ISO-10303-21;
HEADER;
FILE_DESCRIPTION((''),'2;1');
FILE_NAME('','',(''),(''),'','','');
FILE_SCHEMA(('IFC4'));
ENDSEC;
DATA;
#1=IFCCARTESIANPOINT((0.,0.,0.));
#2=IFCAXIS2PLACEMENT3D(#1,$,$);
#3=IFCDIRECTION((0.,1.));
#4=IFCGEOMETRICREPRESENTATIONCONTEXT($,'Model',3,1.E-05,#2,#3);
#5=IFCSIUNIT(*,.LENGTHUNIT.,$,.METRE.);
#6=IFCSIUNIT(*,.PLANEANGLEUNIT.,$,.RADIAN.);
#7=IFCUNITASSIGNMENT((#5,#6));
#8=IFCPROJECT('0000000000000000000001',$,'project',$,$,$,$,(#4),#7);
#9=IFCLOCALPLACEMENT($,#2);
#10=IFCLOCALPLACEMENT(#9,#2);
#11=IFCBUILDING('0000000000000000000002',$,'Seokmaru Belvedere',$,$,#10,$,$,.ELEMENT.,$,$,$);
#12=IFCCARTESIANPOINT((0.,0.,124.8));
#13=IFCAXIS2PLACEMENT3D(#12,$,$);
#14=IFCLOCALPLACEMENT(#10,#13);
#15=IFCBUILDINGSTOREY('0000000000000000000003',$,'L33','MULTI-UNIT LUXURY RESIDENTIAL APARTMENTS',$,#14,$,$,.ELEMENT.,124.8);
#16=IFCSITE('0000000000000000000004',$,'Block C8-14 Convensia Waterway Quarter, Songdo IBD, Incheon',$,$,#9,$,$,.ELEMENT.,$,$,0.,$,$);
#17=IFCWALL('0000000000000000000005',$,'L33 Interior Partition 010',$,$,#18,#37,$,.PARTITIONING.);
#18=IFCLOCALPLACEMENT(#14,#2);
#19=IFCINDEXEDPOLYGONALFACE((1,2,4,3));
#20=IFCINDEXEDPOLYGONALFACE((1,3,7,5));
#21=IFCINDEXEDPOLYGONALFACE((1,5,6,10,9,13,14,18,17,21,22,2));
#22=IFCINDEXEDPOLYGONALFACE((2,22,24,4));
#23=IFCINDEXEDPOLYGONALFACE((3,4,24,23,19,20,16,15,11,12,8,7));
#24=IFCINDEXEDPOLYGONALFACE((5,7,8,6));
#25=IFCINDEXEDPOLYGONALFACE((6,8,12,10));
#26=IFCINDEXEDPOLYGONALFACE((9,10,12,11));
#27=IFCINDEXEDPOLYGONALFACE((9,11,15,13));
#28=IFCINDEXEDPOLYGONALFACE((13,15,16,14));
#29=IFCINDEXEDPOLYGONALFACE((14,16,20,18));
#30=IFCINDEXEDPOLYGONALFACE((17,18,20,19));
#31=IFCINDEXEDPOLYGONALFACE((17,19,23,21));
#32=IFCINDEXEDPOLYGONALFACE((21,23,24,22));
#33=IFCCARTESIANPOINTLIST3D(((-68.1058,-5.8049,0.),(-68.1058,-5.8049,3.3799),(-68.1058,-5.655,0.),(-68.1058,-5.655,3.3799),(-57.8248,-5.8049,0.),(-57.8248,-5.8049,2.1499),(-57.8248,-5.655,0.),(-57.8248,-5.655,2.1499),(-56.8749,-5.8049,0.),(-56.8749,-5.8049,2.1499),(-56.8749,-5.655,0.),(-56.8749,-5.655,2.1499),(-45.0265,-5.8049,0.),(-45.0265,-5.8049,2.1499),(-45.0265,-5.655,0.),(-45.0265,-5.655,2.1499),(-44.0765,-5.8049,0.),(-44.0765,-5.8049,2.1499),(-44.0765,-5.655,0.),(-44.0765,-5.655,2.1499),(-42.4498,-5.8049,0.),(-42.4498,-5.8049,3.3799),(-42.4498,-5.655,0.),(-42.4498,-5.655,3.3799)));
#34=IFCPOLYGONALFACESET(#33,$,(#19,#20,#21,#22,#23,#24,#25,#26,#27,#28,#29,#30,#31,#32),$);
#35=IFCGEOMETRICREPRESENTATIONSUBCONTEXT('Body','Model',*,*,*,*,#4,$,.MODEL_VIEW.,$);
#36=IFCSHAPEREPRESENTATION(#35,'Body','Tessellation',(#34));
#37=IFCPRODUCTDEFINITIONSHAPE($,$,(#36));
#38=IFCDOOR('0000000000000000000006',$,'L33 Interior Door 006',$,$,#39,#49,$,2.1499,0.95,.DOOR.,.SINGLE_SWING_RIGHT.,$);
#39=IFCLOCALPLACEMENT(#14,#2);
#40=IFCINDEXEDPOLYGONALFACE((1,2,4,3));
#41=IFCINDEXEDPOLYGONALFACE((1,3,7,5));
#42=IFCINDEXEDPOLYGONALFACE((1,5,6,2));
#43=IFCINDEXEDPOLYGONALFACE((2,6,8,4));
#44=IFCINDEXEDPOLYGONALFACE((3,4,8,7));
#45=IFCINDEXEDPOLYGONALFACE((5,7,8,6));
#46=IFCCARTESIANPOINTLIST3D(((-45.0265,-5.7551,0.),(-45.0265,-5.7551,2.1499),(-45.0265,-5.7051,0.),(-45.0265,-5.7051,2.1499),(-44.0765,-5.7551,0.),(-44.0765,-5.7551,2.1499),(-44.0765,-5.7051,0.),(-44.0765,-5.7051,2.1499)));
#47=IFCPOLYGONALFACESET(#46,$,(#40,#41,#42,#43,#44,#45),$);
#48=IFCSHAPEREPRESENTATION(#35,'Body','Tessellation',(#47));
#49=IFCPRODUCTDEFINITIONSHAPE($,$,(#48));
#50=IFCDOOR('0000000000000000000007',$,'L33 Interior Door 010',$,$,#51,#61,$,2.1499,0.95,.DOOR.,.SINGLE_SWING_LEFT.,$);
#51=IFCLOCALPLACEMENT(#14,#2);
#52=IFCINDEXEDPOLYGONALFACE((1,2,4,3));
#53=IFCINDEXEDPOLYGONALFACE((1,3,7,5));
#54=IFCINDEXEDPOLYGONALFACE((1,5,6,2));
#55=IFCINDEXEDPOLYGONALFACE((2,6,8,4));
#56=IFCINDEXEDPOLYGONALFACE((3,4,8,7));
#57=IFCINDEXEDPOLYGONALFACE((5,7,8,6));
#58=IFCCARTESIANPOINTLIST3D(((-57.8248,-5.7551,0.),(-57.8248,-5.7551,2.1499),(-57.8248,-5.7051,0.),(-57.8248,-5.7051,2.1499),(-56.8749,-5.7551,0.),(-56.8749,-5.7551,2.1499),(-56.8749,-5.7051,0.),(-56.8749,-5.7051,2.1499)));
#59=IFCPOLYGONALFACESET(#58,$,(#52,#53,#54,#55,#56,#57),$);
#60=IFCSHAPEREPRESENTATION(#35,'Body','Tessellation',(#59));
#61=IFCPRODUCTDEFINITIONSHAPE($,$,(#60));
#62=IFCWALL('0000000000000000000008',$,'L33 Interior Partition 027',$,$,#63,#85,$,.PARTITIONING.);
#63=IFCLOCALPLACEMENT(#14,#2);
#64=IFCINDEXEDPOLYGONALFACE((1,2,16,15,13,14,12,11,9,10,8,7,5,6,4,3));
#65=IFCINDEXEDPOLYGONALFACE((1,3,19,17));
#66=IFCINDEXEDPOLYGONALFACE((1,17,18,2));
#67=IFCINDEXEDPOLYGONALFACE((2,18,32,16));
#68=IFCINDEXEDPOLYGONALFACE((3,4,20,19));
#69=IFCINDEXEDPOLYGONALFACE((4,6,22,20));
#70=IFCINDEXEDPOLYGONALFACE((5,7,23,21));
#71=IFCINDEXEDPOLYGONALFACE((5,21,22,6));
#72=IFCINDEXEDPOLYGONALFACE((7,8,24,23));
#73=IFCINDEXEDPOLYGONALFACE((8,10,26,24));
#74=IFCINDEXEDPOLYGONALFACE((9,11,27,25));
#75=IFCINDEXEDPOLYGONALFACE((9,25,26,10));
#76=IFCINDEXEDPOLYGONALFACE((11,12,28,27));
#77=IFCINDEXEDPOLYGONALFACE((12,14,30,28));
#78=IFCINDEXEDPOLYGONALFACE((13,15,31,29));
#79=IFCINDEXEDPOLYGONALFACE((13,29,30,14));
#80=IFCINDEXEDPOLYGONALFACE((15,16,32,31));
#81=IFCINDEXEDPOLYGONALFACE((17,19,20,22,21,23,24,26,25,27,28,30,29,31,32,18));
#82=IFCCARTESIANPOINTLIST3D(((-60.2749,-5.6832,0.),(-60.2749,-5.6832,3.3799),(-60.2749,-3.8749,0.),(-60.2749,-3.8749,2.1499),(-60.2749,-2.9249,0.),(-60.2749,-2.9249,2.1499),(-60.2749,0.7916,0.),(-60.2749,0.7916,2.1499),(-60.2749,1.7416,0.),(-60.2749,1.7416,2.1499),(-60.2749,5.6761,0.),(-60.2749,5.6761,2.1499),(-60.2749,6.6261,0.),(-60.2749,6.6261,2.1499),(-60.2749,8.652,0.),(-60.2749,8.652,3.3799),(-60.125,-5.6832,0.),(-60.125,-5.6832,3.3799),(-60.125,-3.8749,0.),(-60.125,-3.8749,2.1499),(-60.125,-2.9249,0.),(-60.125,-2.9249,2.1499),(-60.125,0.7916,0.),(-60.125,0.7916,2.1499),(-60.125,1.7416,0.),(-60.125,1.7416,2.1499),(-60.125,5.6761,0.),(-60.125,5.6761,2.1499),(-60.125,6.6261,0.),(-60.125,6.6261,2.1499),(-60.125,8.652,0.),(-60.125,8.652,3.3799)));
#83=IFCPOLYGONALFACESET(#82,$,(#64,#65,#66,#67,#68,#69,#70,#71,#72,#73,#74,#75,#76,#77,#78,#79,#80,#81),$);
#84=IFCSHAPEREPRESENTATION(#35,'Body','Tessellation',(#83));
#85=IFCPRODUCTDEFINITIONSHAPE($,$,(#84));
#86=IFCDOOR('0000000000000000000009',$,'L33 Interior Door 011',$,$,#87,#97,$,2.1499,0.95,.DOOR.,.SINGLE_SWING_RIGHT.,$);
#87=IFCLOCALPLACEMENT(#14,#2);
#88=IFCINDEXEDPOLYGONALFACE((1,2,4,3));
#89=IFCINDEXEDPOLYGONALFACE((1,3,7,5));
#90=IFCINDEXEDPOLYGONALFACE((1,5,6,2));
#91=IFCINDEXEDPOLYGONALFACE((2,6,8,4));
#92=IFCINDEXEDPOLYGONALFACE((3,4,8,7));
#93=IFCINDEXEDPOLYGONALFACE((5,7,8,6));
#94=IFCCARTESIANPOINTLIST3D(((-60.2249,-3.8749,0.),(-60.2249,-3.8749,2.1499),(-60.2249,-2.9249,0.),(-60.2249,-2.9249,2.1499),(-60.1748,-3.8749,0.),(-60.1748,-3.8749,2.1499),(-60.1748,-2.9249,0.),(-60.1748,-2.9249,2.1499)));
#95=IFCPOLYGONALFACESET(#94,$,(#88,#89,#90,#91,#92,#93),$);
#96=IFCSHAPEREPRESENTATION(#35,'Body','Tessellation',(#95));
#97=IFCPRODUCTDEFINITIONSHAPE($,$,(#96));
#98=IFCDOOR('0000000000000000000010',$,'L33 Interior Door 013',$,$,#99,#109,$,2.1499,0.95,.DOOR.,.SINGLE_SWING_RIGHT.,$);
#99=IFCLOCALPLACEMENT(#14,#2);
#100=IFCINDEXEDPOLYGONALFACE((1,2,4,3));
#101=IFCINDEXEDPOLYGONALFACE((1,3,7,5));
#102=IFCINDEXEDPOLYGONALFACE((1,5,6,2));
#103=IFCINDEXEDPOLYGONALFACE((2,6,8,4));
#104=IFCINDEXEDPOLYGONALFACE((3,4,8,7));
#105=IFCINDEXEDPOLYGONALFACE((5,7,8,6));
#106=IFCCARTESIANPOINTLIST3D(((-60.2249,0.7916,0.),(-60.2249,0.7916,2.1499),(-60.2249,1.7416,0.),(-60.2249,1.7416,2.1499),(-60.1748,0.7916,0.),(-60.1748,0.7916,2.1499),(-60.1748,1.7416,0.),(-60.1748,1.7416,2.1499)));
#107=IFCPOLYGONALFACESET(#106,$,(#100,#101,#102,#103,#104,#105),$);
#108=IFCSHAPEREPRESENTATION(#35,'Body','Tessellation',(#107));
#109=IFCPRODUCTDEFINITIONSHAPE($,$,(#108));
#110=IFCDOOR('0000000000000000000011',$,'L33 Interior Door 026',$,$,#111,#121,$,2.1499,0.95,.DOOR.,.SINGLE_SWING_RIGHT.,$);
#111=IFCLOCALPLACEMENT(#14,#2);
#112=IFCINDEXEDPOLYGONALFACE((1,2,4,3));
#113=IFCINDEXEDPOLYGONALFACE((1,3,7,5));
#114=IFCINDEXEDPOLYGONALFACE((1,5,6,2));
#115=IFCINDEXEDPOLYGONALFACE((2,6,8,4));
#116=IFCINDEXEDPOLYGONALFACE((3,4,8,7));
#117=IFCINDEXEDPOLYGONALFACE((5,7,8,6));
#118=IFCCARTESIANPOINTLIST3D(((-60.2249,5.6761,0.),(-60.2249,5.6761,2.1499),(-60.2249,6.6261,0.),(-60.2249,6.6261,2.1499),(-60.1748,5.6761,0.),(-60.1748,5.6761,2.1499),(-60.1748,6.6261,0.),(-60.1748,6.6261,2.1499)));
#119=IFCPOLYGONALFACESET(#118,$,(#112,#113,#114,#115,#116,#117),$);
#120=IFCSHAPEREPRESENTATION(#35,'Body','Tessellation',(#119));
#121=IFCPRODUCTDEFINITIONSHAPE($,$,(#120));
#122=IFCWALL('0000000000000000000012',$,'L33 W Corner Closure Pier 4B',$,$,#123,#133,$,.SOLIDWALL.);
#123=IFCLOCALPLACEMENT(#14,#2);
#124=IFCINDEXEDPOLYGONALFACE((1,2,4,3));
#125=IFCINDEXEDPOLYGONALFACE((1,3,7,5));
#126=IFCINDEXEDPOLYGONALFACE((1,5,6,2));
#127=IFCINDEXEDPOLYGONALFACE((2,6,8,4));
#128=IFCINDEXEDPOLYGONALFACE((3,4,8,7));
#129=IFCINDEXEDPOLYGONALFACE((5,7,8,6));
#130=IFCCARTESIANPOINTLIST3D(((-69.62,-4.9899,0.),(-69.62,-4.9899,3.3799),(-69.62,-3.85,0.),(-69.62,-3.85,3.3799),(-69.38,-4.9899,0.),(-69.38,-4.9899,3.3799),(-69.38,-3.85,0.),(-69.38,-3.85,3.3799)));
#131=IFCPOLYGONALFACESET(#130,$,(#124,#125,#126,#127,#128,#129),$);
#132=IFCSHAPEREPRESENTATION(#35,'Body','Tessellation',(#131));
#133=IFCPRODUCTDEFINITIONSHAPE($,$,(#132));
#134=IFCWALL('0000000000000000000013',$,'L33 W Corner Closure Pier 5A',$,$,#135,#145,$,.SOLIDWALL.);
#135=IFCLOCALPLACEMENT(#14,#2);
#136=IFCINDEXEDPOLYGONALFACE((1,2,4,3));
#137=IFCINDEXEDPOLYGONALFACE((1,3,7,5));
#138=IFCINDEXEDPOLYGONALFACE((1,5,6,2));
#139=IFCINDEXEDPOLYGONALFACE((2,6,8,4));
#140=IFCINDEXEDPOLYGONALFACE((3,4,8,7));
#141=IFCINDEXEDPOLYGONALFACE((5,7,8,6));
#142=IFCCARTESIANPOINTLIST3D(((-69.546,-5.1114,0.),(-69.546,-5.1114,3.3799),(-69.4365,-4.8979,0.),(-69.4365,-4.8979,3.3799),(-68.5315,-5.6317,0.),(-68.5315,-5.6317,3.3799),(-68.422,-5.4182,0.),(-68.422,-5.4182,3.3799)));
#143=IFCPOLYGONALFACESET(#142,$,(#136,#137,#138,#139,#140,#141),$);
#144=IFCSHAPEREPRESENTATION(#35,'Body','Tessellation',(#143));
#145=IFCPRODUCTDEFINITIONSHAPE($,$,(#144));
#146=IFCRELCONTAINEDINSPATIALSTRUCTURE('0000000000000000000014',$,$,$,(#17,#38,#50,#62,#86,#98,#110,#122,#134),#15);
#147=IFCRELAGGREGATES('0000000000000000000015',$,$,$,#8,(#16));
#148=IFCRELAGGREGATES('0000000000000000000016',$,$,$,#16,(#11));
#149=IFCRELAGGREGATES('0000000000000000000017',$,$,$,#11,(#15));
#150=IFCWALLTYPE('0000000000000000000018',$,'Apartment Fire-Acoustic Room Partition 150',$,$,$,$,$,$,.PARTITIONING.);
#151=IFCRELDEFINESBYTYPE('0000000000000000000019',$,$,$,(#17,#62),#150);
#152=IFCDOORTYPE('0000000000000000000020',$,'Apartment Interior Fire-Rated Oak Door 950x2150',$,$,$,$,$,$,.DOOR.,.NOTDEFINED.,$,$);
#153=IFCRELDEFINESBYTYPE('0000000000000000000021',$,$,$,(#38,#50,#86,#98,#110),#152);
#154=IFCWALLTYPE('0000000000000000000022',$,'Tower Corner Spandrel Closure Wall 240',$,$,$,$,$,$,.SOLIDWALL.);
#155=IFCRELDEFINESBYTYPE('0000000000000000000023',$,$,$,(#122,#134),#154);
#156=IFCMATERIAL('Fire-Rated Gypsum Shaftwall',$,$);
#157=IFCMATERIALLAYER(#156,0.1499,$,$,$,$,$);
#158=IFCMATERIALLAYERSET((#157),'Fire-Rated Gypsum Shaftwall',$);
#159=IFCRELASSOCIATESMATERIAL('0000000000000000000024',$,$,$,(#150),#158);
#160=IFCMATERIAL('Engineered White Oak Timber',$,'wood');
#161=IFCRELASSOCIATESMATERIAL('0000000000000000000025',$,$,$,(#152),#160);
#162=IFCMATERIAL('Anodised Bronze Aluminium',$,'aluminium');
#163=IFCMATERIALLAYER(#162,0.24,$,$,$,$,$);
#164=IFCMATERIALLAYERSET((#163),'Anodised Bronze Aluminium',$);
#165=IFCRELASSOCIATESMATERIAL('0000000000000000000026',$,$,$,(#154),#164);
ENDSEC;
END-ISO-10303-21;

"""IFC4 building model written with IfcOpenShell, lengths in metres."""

from ifc_helpers import new_model, si_unit, direction, frame, frame_2d, origin, place, context, subcontext, project, spatial, rectangle, extrude, source, transform, mapped, material, layer, layer_set, type_object, type_shapes, element, fill, save


model = new_model("IFC4")

# Units and contexts
model_context = context("Model", 3, precision=1e-05, world=origin(), true_north=direction((0.0, 1.0)))
body_context = subcontext(model_context, "Body", "Model", "MODEL_VIEW")
ifc_project = project(units=[si_unit("LENGTHUNIT", "METRE"), si_unit("PLANEANGLEUNIT", "RADIAN")], contexts=[model_context])

# Site, building, storey
site_placement = place(None, origin())
site = spatial("IfcSite", under=ifc_project, at=site_placement, Name="Block C8-14 Convensia Waterway Quarter, Songdo IBD, Incheon", CompositionType="ELEMENT", RefElevation=0.0)
building_placement = place(site_placement, origin())
building = spatial("IfcBuilding", under=site, at=building_placement, Name="Seokmaru Belvedere", CompositionType="ELEMENT")
storey_placement = place(building_placement, frame((0.0, 0.0, 124.8)))
storey = spatial("IfcBuildingStorey", under=building, at=storey_placement, Name="L33", Description="MULTI-UNIT LUXURY RESIDENTIAL APARTMENTS", CompositionType="ELEMENT", Elevation=124.8)

# Shared definitions
ifc_material_1 = material(Name="Anodised Bronze Aluminium", Category="aluminium")

# Walls, openings, doors
ifc_material_2 = material(Name="Fire-Rated Gypsum Shaftwall")
ifc_layer_1 = layer(ifc_material_2, 0.1499)
ifc_layer_set_1 = layer_set([ifc_layer_1], Name="Fire-Rated Gypsum Shaftwall")
wall_type_1 = type_object("IfcWallType", Name="Apartment Fire-Acoustic Room Partition 150", PredefinedType="PARTITIONING", material=ifc_layer_set_1)
wall_1_placement = place(storey_placement, frame((-68.106, -5.73, 0.0), z_axis=(0.0, 0.0, 1.0), x_axis=(1.0, 0.0, 0.0)))
wall_1 = element("IfcWall", 1, at=wall_1_placement, inside=storey, type_object=wall_type_1, Name="L33 Interior Partition 010", PredefinedType="PARTITIONING", context=body_context, shape_type="SweptSolid", body=[
    extrude(rectangle(XDim=25.656, YDim=0.1499, at=frame_2d((12.8281, 0.0))), origin(), (0.0, 0.0, 1.0), 3.3799),
])
opening_1_placement = place(wall_1_placement, frame((23.0793, 0.0, 0.0)))
opening_1 = element("IfcOpeningElement", 2, at=opening_1_placement, cuts=wall_1, PredefinedType="OPENING", context=body_context, shape_type="SweptSolid", body=[
    extrude(rectangle(XDim=0.95, YDim=2.1499, at=frame_2d((0.4751, 1.075))), frame((0.0, 0.085, 0.0), z_axis=(0.0, -1.0, 0.0), x_axis=(1.0, 0.0, 0.0)), (0.0, 0.0, 1.0), 0.1699),
])
opening_2_placement = place(wall_1_placement, frame((10.281, 0.0, 0.0)))
opening_2 = element("IfcOpeningElement", 3, at=opening_2_placement, cuts=wall_1, PredefinedType="OPENING", context=body_context, shape_type="SweptSolid", body=[
    extrude(rectangle(XDim=0.95, YDim=2.1499, at=frame_2d((0.4751, 1.075))), frame((0.0, 0.085, 0.0), z_axis=(0.0, -1.0, 0.0), x_axis=(1.0, 0.0, 0.0)), (0.0, 0.0, 1.0), 0.1699),
])
ifc_material_3 = material(Name="Engineered White Oak Timber", Category="wood")
door_type = type_object("IfcDoorType", Name="Apartment Interior Fire-Rated Oak Door 950x2150", OperationType="NOTDEFINED", PredefinedType="DOOR", material=ifc_material_3)
shared_shape_1 = source(origin(), body_context, "Body", "SweptSolid", [
    extrude(rectangle(XDim=0.95, YDim=2.1499, at=frame_2d((0.4751, 1.075))), frame((0.0, 0.0249, 0.0), z_axis=(0.0, -1.0, 0.0), x_axis=(1.0, 0.0, 0.0)), (0.0, 0.0, 1.0), 0.05),
])
type_shapes(door_type, [shared_shape_1])
door_1_placement = place(opening_1_placement, origin())
door_1 = element("IfcDoor", 4, at=door_1_placement, inside=storey, type_object=door_type, Name="L33 Interior Door 006", OperationType="SINGLE_SWING_RIGHT", OverallHeight=2.1499, OverallWidth=0.95, PredefinedType="DOOR", context=body_context, shape_type="MappedRepresentation", body=[
    mapped(shared_shape_1, transform((0.0, 0.0, 0.0), scale=1.0)),
])
fill(opening_1, door_1)
door_2_placement = place(opening_2_placement, origin())
door_2 = element("IfcDoor", 5, at=door_2_placement, inside=storey, type_object=door_type, Name="L33 Interior Door 010", OperationType="SINGLE_SWING_LEFT", OverallHeight=2.1499, OverallWidth=0.95, PredefinedType="DOOR", context=body_context, shape_type="MappedRepresentation", body=[
    mapped(shared_shape_1, transform((0.0, 0.0, 0.0), scale=1.0)),
])
fill(opening_2, door_2)
wall_2_placement = place(storey_placement, frame((-60.2, -5.6831, 0.0), z_axis=(0.0, 0.0, 1.0), x_axis=(0.0, 1.0, 0.0)))
wall_2 = element("IfcWall", 6, at=wall_2_placement, inside=storey, type_object=wall_type_1, Name="L33 Interior Partition 027", PredefinedType="PARTITIONING", context=body_context, shape_type="SweptSolid", body=[
    extrude(rectangle(XDim=14.3352, YDim=0.1499, at=frame_2d((7.1675, 0.0))), origin(), (0.0, 0.0, 1.0), 3.3799),
])
opening_3_placement = place(wall_2_placement, frame((1.8081, 0.0, 0.0)))
opening_3 = element("IfcOpeningElement", 7, at=opening_3_placement, cuts=wall_2, PredefinedType="OPENING", context=body_context, shape_type="SweptSolid", body=[
    extrude(rectangle(XDim=0.95, YDim=2.1499, at=frame_2d((0.4751, 1.075))), frame((0.0, 0.085, 0.0), z_axis=(0.0, -1.0, 0.0), x_axis=(1.0, 0.0, 0.0)), (0.0, 0.0, 1.0), 0.1699),
])
opening_4_placement = place(wall_2_placement, frame((6.4746, 0.0, 0.0)))
opening_4 = element("IfcOpeningElement", 8, at=opening_4_placement, cuts=wall_2, PredefinedType="OPENING", context=body_context, shape_type="SweptSolid", body=[
    extrude(rectangle(XDim=0.95, YDim=2.1499, at=frame_2d((0.4751, 1.075))), frame((0.0, 0.085, 0.0), z_axis=(0.0, -1.0, 0.0), x_axis=(1.0, 0.0, 0.0)), (0.0, 0.0, 1.0), 0.1699),
])
opening_5_placement = place(wall_2_placement, frame((11.3591, 0.0, 0.0)))
opening_5 = element("IfcOpeningElement", 9, at=opening_5_placement, cuts=wall_2, PredefinedType="OPENING", context=body_context, shape_type="SweptSolid", body=[
    extrude(rectangle(XDim=0.95, YDim=2.1499, at=frame_2d((0.4751, 1.075))), frame((0.0, 0.085, 0.0), z_axis=(0.0, -1.0, 0.0), x_axis=(1.0, 0.0, 0.0)), (0.0, 0.0, 1.0), 0.1699),
])
door_3_placement = place(opening_3_placement, origin())
door_3 = element("IfcDoor", 10, at=door_3_placement, inside=storey, type_object=door_type, Name="L33 Interior Door 011", OperationType="SINGLE_SWING_RIGHT", OverallHeight=2.1499, OverallWidth=0.95, PredefinedType="DOOR", context=body_context, shape_type="MappedRepresentation", body=[
    mapped(shared_shape_1, transform((0.0, 0.0, 0.0), scale=1.0)),
])
fill(opening_3, door_3)
door_4_placement = place(opening_4_placement, origin())
door_4 = element("IfcDoor", 11, at=door_4_placement, inside=storey, type_object=door_type, Name="L33 Interior Door 013", OperationType="SINGLE_SWING_RIGHT", OverallHeight=2.1499, OverallWidth=0.95, PredefinedType="DOOR", context=body_context, shape_type="MappedRepresentation", body=[
    mapped(shared_shape_1, transform((0.0, 0.0, 0.0), scale=1.0)),
])
fill(opening_4, door_4)
door_5_placement = place(opening_5_placement, origin())
door_5 = element("IfcDoor", 12, at=door_5_placement, inside=storey, type_object=door_type, Name="L33 Interior Door 026", OperationType="SINGLE_SWING_RIGHT", OverallHeight=2.1499, OverallWidth=0.95, PredefinedType="DOOR", context=body_context, shape_type="MappedRepresentation", body=[
    mapped(shared_shape_1, transform((0.0, 0.0, 0.0), scale=1.0)),
])
fill(opening_5, door_5)

# Walls
ifc_layer_2 = layer(ifc_material_1, 0.24)
ifc_layer_set_2 = layer_set([ifc_layer_2], Name="Anodised Bronze Aluminium")
wall_type_2 = type_object("IfcWallType", Name="Tower Corner Spandrel Closure Wall 240", PredefinedType="SOLIDWALL", material=ifc_layer_set_2)
wall_3_placement = place(storey_placement, frame((-69.5, -3.8501, 0.0), z_axis=(0.0, 0.0, 1.0), x_axis=(0.0, -1.0, 0.0)))
element("IfcWall", 13, at=wall_3_placement, inside=storey, type_object=wall_type_2, Name="L33 W Corner Closure Pier 4B", PredefinedType="SOLIDWALL", context=body_context, shape_type="SweptSolid", body=[
    extrude(rectangle(XDim=1.1399, YDim=0.24, at=frame_2d((0.5698, 0.0))), origin(), (0.0, 0.0, 1.0), 3.3799),
])
wall_4_placement = place(storey_placement, frame((-69.4912, -5.0046, 0.0), z_axis=(0.0, 0.0, 1.0), x_axis=(0.889797, -0.456356, 0.0)))
element("IfcWall", 14, at=wall_4_placement, inside=storey, type_object=wall_type_2, Name="L33 W Corner Closure Pier 5A", PredefinedType="SOLIDWALL", context=body_context, shape_type="SweptSolid", body=[
    extrude(rectangle(XDim=1.1401, YDim=0.24, at=frame_2d((0.5701, 0.0))), origin(), (0.0, 0.0, 1.0), 3.3799),
])

save(model, "model.ifc")
